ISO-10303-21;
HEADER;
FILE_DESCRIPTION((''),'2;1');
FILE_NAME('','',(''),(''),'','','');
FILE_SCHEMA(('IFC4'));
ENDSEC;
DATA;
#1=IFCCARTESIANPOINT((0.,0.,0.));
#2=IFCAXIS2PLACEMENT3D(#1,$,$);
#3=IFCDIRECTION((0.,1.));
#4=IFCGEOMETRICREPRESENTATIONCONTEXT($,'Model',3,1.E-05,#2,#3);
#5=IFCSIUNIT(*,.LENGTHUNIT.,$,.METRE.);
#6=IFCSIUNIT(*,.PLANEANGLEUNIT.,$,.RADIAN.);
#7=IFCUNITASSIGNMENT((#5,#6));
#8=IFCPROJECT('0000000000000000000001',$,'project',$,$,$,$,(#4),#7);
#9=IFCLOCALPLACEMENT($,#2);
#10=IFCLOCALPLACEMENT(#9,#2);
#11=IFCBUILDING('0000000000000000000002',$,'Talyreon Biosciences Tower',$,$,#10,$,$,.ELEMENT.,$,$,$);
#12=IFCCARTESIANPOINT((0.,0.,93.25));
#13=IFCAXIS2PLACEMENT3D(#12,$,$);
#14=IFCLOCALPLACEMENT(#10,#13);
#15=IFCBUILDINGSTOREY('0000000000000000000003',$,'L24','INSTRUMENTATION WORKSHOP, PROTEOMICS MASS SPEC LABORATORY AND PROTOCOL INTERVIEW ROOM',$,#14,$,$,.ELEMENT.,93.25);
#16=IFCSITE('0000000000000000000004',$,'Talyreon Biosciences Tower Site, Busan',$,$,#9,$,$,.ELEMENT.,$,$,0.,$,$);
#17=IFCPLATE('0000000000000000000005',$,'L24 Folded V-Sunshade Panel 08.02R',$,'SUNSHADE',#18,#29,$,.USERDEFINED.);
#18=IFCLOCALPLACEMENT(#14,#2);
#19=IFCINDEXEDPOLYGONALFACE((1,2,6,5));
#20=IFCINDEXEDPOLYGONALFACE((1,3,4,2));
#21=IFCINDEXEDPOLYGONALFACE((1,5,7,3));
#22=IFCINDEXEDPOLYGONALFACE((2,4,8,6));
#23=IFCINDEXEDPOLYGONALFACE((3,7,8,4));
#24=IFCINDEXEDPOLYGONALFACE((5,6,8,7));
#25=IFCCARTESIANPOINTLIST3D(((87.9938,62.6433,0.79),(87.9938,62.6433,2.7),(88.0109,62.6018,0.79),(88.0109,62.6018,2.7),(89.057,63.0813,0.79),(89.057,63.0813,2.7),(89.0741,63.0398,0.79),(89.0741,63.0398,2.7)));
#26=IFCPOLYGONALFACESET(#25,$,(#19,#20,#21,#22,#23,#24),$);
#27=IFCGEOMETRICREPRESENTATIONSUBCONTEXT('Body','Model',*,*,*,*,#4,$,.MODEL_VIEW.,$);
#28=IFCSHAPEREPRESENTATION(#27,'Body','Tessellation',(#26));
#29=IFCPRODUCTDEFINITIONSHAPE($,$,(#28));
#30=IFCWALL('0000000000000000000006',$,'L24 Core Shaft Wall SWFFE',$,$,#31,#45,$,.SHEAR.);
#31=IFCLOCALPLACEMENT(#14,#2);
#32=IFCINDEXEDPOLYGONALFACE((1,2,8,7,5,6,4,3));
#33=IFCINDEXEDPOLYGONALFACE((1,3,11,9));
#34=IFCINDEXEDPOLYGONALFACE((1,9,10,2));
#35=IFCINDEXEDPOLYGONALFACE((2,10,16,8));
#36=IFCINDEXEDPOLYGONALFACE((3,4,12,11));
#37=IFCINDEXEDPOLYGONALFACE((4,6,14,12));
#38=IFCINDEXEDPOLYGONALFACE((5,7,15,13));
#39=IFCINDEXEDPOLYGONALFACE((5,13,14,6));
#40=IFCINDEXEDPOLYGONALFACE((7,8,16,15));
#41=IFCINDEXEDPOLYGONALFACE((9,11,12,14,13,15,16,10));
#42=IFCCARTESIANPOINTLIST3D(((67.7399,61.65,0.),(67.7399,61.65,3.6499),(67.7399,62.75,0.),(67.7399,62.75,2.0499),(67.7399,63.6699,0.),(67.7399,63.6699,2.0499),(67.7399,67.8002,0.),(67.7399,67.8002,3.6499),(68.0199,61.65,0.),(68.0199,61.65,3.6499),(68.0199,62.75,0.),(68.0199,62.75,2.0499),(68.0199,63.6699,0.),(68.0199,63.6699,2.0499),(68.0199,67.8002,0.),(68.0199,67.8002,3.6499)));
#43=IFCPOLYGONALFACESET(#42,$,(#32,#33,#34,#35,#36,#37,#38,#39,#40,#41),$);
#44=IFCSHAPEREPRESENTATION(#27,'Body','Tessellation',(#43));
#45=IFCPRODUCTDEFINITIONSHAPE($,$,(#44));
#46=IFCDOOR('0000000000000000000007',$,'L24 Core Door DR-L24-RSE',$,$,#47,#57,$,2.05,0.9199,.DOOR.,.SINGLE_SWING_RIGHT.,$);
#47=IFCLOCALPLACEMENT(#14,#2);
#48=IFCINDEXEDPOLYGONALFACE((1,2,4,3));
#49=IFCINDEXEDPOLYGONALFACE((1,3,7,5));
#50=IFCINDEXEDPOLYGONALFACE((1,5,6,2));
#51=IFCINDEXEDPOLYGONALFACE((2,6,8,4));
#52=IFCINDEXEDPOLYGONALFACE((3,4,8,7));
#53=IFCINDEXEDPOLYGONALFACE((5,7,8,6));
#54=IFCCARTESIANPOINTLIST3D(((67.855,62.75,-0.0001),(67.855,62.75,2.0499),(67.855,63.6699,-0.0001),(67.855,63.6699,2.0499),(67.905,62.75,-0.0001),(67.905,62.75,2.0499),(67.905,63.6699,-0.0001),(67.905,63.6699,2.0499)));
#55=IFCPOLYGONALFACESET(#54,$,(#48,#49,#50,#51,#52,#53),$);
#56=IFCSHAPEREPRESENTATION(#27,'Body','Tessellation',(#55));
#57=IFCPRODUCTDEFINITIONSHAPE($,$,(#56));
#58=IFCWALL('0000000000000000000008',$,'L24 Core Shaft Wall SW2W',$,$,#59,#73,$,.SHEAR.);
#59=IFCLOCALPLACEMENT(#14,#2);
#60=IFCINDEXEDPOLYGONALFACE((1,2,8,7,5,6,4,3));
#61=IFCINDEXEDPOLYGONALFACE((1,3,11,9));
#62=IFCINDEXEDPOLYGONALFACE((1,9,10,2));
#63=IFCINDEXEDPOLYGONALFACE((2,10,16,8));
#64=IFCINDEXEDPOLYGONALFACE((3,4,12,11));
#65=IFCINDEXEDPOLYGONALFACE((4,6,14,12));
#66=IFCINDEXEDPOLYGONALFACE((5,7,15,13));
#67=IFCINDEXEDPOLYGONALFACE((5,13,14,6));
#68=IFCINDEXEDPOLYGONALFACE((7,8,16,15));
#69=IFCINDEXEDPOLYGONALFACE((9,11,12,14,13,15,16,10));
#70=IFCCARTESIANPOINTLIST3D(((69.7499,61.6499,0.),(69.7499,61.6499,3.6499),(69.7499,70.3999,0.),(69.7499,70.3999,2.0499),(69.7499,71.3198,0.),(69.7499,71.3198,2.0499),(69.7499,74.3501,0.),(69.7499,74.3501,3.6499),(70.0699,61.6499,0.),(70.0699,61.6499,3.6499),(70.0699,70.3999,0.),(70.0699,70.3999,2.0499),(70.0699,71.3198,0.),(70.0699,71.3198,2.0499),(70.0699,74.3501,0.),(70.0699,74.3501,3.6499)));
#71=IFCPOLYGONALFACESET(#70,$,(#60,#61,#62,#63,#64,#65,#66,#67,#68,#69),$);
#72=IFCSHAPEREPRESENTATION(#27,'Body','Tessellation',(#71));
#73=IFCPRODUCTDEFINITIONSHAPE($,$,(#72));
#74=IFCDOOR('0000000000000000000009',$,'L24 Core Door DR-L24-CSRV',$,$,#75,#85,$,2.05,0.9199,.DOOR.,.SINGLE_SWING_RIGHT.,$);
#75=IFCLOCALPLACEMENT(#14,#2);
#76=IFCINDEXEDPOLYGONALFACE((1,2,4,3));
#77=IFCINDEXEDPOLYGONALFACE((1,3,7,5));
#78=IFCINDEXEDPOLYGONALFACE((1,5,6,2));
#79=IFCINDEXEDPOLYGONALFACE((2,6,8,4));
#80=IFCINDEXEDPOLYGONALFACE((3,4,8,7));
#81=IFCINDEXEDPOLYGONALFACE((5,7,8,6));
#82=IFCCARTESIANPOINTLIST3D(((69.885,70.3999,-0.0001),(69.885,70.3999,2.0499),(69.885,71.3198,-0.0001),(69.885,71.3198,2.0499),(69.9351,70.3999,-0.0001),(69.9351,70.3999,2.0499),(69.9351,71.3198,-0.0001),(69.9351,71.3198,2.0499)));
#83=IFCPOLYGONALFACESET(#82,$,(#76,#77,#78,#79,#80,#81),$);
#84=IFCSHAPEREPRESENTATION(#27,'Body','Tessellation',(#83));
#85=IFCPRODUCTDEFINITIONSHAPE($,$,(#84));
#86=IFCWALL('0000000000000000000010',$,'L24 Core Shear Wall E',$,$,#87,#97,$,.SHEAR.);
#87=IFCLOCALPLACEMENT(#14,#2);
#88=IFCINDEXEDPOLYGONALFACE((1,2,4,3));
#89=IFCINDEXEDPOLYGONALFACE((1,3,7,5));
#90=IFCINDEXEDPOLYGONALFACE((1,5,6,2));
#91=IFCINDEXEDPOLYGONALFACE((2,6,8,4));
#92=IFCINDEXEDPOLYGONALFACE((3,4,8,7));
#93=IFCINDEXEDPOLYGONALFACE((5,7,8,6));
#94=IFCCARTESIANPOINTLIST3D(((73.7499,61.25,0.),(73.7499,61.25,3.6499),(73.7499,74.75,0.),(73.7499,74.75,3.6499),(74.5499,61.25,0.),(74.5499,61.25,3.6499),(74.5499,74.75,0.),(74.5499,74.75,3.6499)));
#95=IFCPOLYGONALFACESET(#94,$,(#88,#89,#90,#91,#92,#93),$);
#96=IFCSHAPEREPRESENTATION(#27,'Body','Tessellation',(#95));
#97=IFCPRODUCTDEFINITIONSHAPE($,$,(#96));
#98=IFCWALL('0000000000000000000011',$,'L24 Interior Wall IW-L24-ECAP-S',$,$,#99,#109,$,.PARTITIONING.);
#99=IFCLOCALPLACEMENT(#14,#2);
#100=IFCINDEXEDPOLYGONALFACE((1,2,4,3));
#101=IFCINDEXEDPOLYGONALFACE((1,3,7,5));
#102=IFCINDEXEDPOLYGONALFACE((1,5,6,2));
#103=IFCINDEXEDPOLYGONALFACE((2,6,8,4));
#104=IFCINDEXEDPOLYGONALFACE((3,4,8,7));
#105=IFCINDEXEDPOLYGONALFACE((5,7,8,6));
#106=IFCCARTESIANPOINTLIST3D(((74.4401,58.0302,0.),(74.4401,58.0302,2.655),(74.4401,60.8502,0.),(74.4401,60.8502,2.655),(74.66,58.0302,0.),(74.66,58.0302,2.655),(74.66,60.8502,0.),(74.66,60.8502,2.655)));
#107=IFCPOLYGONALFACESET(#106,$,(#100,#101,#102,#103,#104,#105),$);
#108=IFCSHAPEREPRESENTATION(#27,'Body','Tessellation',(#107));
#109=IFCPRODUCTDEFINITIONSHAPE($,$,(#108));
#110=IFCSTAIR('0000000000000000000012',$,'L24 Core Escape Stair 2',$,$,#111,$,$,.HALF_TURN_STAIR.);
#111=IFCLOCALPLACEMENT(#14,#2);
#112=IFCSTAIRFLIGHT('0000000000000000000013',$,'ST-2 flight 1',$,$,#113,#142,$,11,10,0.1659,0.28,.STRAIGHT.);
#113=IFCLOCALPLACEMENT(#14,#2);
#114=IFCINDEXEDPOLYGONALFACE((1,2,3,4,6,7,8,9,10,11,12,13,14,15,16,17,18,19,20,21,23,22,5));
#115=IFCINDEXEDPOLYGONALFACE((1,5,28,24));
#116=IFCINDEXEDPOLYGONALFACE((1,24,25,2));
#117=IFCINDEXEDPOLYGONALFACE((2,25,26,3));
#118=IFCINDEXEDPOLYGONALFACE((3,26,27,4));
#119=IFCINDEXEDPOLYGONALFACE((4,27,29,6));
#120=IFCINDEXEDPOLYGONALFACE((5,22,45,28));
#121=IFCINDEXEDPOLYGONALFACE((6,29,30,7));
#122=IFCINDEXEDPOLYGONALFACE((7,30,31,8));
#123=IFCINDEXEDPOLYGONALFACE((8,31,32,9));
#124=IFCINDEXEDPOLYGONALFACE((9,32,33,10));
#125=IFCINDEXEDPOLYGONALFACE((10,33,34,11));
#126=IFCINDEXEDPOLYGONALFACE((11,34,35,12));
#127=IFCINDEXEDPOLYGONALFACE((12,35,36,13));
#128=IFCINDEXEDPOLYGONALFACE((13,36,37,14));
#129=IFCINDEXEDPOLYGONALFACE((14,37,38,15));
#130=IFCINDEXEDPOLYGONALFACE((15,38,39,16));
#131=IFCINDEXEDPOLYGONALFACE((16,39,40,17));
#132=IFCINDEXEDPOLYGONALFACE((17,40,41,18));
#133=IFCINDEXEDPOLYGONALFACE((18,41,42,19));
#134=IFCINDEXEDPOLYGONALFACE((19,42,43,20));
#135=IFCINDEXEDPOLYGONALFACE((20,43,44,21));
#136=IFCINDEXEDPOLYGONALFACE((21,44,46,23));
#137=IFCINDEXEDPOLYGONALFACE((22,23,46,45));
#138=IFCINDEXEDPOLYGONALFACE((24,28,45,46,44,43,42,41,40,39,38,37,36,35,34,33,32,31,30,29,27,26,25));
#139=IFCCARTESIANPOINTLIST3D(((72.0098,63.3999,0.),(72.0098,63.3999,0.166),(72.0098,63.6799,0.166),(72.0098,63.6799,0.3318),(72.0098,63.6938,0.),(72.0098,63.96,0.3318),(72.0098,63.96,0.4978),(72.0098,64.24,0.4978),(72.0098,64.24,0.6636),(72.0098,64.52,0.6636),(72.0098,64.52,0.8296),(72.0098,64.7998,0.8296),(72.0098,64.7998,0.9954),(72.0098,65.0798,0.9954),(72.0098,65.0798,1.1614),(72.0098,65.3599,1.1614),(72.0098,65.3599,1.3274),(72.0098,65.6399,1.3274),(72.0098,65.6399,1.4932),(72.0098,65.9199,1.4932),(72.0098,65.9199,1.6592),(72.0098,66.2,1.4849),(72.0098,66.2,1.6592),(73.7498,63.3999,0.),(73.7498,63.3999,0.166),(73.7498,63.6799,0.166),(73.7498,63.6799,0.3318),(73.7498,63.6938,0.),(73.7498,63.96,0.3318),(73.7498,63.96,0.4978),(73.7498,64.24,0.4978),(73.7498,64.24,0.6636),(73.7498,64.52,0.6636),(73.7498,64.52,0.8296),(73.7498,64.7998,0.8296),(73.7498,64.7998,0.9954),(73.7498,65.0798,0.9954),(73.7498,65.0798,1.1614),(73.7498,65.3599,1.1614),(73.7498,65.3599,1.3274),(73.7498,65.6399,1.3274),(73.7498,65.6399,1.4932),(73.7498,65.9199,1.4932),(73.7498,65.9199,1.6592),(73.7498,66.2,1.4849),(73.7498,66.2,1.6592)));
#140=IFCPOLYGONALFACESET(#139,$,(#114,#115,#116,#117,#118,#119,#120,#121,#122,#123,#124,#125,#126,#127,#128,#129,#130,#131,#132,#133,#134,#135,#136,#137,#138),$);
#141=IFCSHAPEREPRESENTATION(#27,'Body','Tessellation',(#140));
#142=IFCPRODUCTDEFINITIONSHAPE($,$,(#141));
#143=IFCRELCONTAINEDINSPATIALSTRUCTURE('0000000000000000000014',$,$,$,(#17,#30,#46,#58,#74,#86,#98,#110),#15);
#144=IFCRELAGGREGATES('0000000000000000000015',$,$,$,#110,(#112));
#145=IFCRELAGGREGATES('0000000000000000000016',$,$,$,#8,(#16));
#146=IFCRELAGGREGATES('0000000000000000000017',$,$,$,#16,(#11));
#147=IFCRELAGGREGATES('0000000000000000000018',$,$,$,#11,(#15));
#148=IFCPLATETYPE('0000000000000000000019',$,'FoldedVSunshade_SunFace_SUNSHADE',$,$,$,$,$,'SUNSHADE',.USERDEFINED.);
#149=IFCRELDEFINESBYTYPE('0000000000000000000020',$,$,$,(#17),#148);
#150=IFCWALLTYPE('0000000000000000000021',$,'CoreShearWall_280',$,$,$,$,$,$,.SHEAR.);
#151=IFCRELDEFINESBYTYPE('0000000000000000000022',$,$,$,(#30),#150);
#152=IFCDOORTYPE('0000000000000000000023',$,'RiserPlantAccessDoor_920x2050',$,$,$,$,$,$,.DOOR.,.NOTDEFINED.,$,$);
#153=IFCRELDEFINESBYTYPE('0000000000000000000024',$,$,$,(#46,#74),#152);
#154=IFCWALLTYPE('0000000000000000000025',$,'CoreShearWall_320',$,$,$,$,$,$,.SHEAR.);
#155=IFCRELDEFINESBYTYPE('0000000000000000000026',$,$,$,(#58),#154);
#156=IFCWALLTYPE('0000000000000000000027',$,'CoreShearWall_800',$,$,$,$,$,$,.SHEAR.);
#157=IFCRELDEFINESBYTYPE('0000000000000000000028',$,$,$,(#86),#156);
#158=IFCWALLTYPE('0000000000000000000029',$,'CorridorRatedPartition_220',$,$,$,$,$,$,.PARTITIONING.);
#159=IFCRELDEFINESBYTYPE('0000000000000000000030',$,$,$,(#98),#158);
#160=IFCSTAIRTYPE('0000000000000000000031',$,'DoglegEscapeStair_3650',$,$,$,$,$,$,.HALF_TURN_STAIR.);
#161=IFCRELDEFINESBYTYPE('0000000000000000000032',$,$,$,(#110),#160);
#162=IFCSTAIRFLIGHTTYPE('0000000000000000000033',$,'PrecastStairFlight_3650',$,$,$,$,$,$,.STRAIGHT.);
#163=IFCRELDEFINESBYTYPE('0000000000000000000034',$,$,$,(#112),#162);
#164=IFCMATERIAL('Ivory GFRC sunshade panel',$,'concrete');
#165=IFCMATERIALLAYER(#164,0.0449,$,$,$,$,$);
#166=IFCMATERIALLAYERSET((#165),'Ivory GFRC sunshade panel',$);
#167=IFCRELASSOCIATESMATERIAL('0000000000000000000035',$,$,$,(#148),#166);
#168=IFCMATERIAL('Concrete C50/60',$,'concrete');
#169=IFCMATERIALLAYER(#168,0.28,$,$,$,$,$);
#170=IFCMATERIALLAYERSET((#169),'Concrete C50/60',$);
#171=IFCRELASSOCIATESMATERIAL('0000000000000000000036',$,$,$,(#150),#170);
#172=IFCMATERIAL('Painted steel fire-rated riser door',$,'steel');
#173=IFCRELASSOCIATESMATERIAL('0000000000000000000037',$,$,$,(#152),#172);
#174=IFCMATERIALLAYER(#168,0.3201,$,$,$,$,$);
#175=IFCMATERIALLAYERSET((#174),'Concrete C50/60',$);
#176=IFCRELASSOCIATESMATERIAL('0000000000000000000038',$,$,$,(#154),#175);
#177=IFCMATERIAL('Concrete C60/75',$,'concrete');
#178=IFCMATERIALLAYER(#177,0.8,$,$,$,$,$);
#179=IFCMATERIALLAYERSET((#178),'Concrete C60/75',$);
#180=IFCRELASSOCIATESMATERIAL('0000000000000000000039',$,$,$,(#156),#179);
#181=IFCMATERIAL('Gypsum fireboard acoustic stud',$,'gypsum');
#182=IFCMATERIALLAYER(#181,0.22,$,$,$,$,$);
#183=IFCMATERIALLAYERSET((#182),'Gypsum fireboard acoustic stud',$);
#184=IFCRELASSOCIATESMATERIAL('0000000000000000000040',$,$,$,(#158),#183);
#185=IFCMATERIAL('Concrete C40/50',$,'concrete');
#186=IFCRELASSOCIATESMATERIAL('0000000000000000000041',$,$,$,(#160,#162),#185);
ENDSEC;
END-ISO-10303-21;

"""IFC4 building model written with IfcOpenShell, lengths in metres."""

from ifc_helpers import new_model, si_unit, direction, frame, frame_2d, origin, origin_2d, place, context, subcontext, project, spatial, polyline, rectangle, outline, extrude, material, layer, layer_set, type_object, element, fill, aggregate, save


model = new_model("IFC4")

# Units and contexts
model_context = context("Model", 3, precision=1e-05, world=origin(), true_north=direction((0.0, 1.0)))
body_context = subcontext(model_context, "Body", "Model", "MODEL_VIEW")
ifc_project = project(units=[si_unit("LENGTHUNIT", "METRE"), si_unit("PLANEANGLEUNIT", "RADIAN")], contexts=[model_context])

# Site, building, storey
site_placement = place(None, origin())
site = spatial("IfcSite", under=ifc_project, at=site_placement, Name="Talyreon Biosciences Tower Site, Busan", CompositionType="ELEMENT", RefElevation=0.0)
building_placement = place(site_placement, origin())
building = spatial("IfcBuilding", under=site, at=building_placement, Name="Talyreon Biosciences Tower", CompositionType="ELEMENT")
storey_placement = place(building_placement, frame((0.0, 0.0, 93.25)))
storey = spatial("IfcBuildingStorey", under=building, at=storey_placement, Name="L24", Description="INSTRUMENTATION WORKSHOP, PROTEOMICS MASS SPEC LABORATORY AND PROTOCOL INTERVIEW ROOM", CompositionType="ELEMENT", Elevation=93.25)

# Shared definitions
ifc_material_1 = material(Name="Concrete C60/75", Category="concrete")
ifc_material_2 = material(Name="Concrete C50/60", Category="concrete")

# Plate
ifc_material_3 = material(Name="Ivory GFRC sunshade panel", Category="concrete")
ifc_layer_1 = layer(ifc_material_3, 0.0449)
ifc_layer_set_1 = layer_set([ifc_layer_1], Name="Ivory GFRC sunshade panel")
plate_type_1 = type_object("IfcPlateType", Name="FoldedVSunshade_SunFace_SUNSHADE", ElementType="SUNSHADE", PredefinedType="USERDEFINED", material=ifc_layer_set_1)
for number, where, z_axis, x_axis, name in (
    (1, (88.5339, 62.8416, 0.79), (0.0, 0.0, 1.0), (-0.924626, -0.380877, 0.0), "L24 Folded V-Sunshade Panel 08.02R"),
):
    element("IfcPlate", number, at=place(storey_placement, frame(where, z_axis=z_axis, x_axis=x_axis)), inside=storey, type_object=plate_type_1, Name=name, ObjectType="SUNSHADE", PredefinedType="USERDEFINED", context=body_context, shape_type="SweptSolid", body=[
        extrude(rectangle(XDim=1.1499, YDim=0.0449, at=origin_2d()), origin(), (0.0, 0.0, 1.0), 1.9099),
    ])

# Walls, openings, doors
ifc_layer_2 = layer(ifc_material_2, 0.28)
ifc_layer_set_2 = layer_set([ifc_layer_2], Name="Concrete C50/60")
wall_type_1 = type_object("IfcWallType", Name="CoreShearWall_280", PredefinedType="SHEAR", material=ifc_layer_set_2)
wall_1_placement = place(storey_placement, frame((67.8799, 61.6499, 0.0), z_axis=(0.0, 0.0, 1.0), x_axis=(0.0, 1.0, 0.0)))
wall_1 = element("IfcWall", 2, at=wall_1_placement, inside=storey, type_object=wall_type_1, Name="L24 Core Shaft Wall SWFFE", PredefinedType="SHEAR", context=body_context, shape_type="SweptSolid", body=[
    extrude(rectangle(XDim=6.1501, YDim=0.28, at=frame_2d((3.0752, 0.0))), origin(), (0.0, 0.0, 1.0), 3.6499),
])
opening_1_placement = place(wall_1_placement, frame((1.1001, 0.0, 0.0)))
opening_1 = element("IfcOpeningElement", 3, at=opening_1_placement, cuts=wall_1, PredefinedType="OPENING", context=body_context, shape_type="SweptSolid", body=[
    extrude(rectangle(XDim=0.9199, YDim=2.05, at=frame_2d((0.46, 1.0249))), frame((0.0, 0.1499, 0.0), z_axis=(0.0, -1.0, 0.0), x_axis=(1.0, 0.0, 0.0)), (0.0, 0.0, 1.0), 0.3),
])
ifc_material_4 = material(Name="Painted steel fire-rated riser door", Category="steel")
door_type = type_object("IfcDoorType", Name="RiserPlantAccessDoor_920x2050", OperationType="NOTDEFINED", PredefinedType="DOOR", material=ifc_material_4)
door_1_placement = place(opening_1_placement, origin())
door_1 = element("IfcDoor", 4, at=door_1_placement, inside=storey, type_object=door_type, Name="L24 Core Door DR-L24-RSE", OperationType="SINGLE_SWING_RIGHT", OverallHeight=2.05, OverallWidth=0.9199, PredefinedType="DOOR", context=body_context, shape_type="SweptSolid", body=[
    extrude(rectangle(XDim=0.9199, YDim=2.05, at=frame_2d((0.46, 1.0249))), frame((0.0, 0.0249, 0.0), z_axis=(0.0, -1.0, 0.0), x_axis=(1.0, 0.0, 0.0)), (0.0, 0.0, 1.0), 0.05),
])
fill(opening_1, door_1)
ifc_layer_3 = layer(ifc_material_2, 0.3201)
ifc_layer_set_3 = layer_set([ifc_layer_3], Name="Concrete C50/60")
wall_type_2 = type_object("IfcWallType", Name="CoreShearWall_320", PredefinedType="SHEAR", material=ifc_layer_set_3)
wall_2_placement = place(storey_placement, frame((69.9099, 61.6499, 0.0), z_axis=(0.0, 0.0, 1.0), x_axis=(0.0, 1.0, 0.0)))
wall_2 = element("IfcWall", 5, at=wall_2_placement, inside=storey, type_object=wall_type_2, Name="L24 Core Shaft Wall SW2W", PredefinedType="SHEAR", context=body_context, shape_type="SweptSolid", body=[
    extrude(rectangle(XDim=12.7002, YDim=0.3201, at=frame_2d((6.3501, 0.0))), origin(), (0.0, 0.0, 1.0), 3.6499),
])
opening_2_placement = place(wall_2_placement, frame((8.75, 0.0, 0.0)))
opening_2 = element("IfcOpeningElement", 6, at=opening_2_placement, cuts=wall_2, PredefinedType="OPENING", context=body_context, shape_type="SweptSolid", body=[
    extrude(rectangle(XDim=0.9199, YDim=2.05, at=frame_2d((0.46, 1.0249))), frame((0.0, 0.1699, 0.0), z_axis=(0.0, -1.0, 0.0), x_axis=(1.0, 0.0, 0.0)), (0.0, 0.0, 1.0), 0.3401),
])
door_2_placement = place(opening_2_placement, origin())
door_2 = element("IfcDoor", 7, at=door_2_placement, inside=storey, type_object=door_type, Name="L24 Core Door DR-L24-CSRV", OperationType="SINGLE_SWING_RIGHT", OverallHeight=2.05, OverallWidth=0.9199, PredefinedType="DOOR", context=body_context, shape_type="SweptSolid", body=[
    extrude(rectangle(XDim=0.9199, YDim=2.05, at=frame_2d((0.46, 1.0249))), frame((0.0, 0.0249, 0.0), z_axis=(0.0, -1.0, 0.0), x_axis=(1.0, 0.0, 0.0)), (0.0, 0.0, 1.0), 0.05),
])
fill(opening_2, door_2)

# Walls
ifc_layer_4 = layer(ifc_material_1, 0.8)
ifc_layer_set_4 = layer_set([ifc_layer_4], Name="Concrete C60/75")
wall_type_3 = type_object("IfcWallType", Name="CoreShearWall_800", PredefinedType="SHEAR", material=ifc_layer_set_4)
wall_3_placement = place(storey_placement, frame((74.1499, 61.25, 0.0), z_axis=(0.0, 0.0, 1.0), x_axis=(0.0, 1.0, 0.0)))
element("IfcWall", 8, at=wall_3_placement, inside=storey, type_object=wall_type_3, Name="L24 Core Shear Wall E", PredefinedType="SHEAR", context=body_context, shape_type="SweptSolid", body=[
    extrude(rectangle(XDim=13.5, YDim=0.8, at=frame_2d((6.75, 0.0))), origin(), (0.0, 0.0, 1.0), 3.6499),
])
ifc_material_5 = material(Name="Gypsum fireboard acoustic stud", Category="gypsum")
ifc_layer_5 = layer(ifc_material_5, 0.22)
ifc_layer_set_5 = layer_set([ifc_layer_5], Name="Gypsum fireboard acoustic stud")
wall_type_4 = type_object("IfcWallType", Name="CorridorRatedPartition_220", PredefinedType="PARTITIONING", material=ifc_layer_set_5)
wall_4_placement = place(storey_placement, frame((74.55, 58.03, 0.0), z_axis=(0.0, 0.0, 1.0), x_axis=(0.0, 1.0, 0.0)))
element("IfcWall", 9, at=wall_4_placement, inside=storey, type_object=wall_type_4, Name="L24 Interior Wall IW-L24-ECAP-S", PredefinedType="PARTITIONING", context=body_context, shape_type="SweptSolid", body=[
    extrude(rectangle(XDim=2.8201, YDim=0.22, at=frame_2d((1.4102, 0.0))), origin(), (0.0, 0.0, 1.0), 2.655),
])

# Stair, stair flight
ifc_material_6 = material(Name="Concrete C40/50", Category="concrete")
stair_type = type_object("IfcStairType", Name="DoglegEscapeStair_3650", PredefinedType="HALF_TURN_STAIR", material=ifc_material_6)
stair_placement = place(storey_placement, origin())
stair = element("IfcStair", 10, at=stair_placement, inside=storey, type_object=stair_type, Name="L24 Core Escape Stair 2", PredefinedType="HALF_TURN_STAIR")
stair_flight_type = type_object("IfcStairFlightType", Name="PrecastStairFlight_3650", PredefinedType="STRAIGHT", material=ifc_material_6)
stair_flight_1_placement = place(storey_placement, frame((72.8799, 63.3999, 0.0), z_axis=(0.0, 0.0, 1.0), x_axis=(0.0, 1.0, 0.0)))
stair_flight_1 = element("IfcStairFlight", 11, at=stair_flight_1_placement, type_object=stair_flight_type, Name="ST-2 flight 1", NumberOfRisers=11, NumberOfTreads=10, PredefinedType="STRAIGHT", RiserHeight=0.1659, TreadLength=0.28, context=body_context, shape_type="SweptSolid", body=[
    extrude(outline(polyline([(0.0, 0.0), (0.0, 0.166), (0.28, 0.166), (0.28, 0.3318), (0.5601, 0.3318), (0.5601, 0.4978), (0.8401, 0.4978), (0.8401, 0.6636), (1.1201, 0.6636), (1.1201, 0.8296), (1.3999, 0.8296), (1.3999, 0.9954), (1.6799, 0.9954), (1.6799, 1.1614), (1.96, 1.1614), (1.96, 1.3274), (2.24, 1.3274), (2.24, 1.4932), (2.52, 1.4932), (2.52, 1.6592), (2.8, 1.6592), (2.8, 1.825), (2.8, 1.4849), (0.2939, 0.0), (0.0, 0.0)])), frame((0.0, 0.8701, 0.0), z_axis=(0.0, -1.0, 0.0), x_axis=(1.0, 0.0, 0.0)), (0.0, 0.0, 1.0), 1.74),
])
aggregate(stair, [stair_flight_1])

save(model, "model.ifc")
